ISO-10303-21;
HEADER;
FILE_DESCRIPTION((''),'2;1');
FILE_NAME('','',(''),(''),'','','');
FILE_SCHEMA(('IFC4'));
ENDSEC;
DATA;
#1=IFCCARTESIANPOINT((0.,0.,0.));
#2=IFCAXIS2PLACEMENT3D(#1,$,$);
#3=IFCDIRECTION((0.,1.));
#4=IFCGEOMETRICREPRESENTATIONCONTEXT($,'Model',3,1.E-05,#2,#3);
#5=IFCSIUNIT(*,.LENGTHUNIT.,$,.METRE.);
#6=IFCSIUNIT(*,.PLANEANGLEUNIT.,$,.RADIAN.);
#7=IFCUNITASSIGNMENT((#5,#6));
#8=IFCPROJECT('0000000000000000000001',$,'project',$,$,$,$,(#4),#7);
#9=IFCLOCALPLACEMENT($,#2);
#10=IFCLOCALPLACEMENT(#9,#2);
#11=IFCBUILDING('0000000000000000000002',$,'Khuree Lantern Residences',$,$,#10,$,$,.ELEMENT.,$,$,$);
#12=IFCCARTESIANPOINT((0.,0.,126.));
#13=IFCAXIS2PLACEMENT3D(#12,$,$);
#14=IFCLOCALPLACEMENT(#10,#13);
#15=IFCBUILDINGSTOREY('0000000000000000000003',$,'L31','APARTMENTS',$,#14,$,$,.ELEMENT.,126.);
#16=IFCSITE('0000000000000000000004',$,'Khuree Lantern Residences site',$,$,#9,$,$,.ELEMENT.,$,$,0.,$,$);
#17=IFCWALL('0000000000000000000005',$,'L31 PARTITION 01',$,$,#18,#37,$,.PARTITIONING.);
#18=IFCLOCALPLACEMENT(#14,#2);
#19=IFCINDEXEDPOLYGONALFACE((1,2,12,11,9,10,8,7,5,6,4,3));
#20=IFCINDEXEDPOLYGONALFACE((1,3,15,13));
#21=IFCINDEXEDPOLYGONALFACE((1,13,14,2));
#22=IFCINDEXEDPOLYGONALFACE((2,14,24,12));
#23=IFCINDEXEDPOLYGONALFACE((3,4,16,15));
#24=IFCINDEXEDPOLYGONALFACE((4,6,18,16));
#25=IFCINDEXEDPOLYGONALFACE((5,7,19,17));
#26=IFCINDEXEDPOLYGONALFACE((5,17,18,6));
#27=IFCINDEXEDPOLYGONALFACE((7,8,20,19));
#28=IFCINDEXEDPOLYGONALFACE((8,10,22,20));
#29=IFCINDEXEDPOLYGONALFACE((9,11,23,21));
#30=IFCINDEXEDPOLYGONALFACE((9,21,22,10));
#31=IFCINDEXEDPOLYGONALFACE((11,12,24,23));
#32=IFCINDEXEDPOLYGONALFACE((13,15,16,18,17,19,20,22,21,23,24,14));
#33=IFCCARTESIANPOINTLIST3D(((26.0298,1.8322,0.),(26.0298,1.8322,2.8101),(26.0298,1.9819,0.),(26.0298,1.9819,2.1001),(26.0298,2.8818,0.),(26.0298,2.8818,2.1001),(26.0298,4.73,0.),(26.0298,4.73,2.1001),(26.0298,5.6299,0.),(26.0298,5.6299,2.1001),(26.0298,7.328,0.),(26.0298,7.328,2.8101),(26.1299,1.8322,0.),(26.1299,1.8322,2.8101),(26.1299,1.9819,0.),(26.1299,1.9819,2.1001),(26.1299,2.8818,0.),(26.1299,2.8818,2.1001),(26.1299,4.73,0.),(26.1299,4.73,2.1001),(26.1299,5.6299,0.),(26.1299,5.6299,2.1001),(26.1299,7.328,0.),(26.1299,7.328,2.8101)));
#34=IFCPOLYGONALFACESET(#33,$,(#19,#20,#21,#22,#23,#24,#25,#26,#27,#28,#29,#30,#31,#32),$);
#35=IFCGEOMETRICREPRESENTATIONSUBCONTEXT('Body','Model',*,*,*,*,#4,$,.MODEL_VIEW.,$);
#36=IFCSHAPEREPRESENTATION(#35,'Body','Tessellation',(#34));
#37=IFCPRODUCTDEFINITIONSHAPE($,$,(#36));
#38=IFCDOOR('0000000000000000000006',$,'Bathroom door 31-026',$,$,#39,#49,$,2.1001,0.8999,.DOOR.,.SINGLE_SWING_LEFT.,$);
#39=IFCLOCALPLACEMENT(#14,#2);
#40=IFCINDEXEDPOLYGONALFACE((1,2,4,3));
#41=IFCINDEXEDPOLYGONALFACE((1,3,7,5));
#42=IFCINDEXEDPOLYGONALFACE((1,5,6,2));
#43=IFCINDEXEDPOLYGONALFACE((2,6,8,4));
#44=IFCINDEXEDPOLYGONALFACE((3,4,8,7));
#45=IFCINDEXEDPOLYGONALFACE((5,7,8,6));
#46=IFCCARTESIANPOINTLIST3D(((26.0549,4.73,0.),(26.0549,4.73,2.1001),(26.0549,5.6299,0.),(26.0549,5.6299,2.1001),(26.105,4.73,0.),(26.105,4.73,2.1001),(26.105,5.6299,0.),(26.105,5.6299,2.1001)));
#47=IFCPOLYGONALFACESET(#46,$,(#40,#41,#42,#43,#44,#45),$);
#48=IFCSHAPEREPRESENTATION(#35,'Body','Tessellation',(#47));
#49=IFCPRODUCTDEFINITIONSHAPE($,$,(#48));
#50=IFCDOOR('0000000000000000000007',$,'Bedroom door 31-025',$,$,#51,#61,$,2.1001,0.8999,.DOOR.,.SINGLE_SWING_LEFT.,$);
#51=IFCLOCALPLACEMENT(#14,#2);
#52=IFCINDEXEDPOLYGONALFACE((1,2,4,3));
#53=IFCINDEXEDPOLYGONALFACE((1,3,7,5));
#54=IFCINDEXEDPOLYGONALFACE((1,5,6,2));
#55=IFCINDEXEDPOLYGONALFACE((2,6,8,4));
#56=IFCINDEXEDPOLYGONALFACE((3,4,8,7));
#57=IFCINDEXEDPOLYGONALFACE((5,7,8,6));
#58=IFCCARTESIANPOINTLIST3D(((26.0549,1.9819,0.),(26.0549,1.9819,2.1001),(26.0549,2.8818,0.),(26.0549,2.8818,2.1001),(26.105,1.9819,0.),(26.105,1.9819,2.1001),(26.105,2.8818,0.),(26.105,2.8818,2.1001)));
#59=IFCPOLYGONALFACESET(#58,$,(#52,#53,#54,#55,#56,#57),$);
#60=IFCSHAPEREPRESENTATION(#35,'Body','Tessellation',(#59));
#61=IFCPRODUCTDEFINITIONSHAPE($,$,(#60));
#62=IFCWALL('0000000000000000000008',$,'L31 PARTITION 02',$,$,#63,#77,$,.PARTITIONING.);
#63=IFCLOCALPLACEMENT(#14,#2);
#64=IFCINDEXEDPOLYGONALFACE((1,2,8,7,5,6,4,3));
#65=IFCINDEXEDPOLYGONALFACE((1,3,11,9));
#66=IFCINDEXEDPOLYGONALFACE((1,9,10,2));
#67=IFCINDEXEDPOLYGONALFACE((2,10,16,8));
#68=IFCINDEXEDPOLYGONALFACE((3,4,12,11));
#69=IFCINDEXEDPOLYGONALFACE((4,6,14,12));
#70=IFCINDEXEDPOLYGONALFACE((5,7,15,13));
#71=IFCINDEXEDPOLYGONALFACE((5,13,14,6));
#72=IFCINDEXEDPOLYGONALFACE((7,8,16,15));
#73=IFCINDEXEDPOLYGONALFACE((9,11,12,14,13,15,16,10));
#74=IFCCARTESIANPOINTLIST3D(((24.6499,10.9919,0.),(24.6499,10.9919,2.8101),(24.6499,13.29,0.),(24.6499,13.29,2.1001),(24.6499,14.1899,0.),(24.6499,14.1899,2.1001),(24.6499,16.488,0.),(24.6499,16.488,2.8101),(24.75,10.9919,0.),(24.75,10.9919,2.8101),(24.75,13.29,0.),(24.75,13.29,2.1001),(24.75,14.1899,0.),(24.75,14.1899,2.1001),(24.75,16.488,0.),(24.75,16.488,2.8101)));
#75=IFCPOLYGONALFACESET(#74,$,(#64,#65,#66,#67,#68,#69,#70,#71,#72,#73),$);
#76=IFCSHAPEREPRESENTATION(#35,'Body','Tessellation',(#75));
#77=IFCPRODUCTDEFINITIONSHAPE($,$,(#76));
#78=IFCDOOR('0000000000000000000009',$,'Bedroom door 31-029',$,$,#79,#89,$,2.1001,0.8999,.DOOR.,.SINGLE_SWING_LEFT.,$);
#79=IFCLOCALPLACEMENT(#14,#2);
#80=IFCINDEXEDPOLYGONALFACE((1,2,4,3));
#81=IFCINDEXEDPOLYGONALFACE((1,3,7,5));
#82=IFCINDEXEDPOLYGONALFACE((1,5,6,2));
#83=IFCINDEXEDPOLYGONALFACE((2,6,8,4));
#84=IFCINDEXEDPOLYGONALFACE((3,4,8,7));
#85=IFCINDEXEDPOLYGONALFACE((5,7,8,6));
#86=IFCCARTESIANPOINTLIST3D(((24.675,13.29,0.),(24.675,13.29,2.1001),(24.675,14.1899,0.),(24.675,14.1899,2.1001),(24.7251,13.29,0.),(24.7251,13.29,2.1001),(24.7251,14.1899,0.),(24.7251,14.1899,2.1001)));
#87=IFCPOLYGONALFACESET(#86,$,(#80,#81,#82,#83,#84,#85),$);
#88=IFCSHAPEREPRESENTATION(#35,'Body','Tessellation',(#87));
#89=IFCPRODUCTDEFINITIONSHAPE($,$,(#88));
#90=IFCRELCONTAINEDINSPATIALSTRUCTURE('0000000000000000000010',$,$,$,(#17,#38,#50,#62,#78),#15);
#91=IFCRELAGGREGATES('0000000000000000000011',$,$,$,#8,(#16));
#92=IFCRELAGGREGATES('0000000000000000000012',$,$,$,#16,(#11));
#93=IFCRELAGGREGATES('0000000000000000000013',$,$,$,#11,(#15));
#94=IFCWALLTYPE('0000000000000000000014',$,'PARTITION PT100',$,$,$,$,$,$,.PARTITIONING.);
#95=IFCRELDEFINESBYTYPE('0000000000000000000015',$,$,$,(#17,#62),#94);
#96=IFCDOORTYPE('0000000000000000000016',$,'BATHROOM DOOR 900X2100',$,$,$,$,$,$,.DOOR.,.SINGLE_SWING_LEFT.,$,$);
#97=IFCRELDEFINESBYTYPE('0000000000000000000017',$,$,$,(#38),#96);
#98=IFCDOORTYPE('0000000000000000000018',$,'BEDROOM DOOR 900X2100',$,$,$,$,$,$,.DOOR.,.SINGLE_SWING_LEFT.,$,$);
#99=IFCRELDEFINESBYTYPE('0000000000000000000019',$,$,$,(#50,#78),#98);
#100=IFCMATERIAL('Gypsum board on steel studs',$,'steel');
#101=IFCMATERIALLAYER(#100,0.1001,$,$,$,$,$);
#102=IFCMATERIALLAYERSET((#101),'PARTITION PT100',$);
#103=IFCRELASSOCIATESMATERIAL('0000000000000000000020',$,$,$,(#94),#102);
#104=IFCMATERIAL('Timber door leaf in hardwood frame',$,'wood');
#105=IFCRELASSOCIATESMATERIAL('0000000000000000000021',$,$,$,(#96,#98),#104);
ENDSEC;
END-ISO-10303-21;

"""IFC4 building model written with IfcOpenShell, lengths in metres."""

from ifc_helpers import new_model, si_unit, direction, frame, frame_2d, origin, place, context, subcontext, project, spatial, rectangle, extrude, material, layer, layer_set, type_object, element, fill, save


model = new_model("IFC4")

# Units and contexts
model_context = context("Model", 3, precision=1e-05, world=origin(), true_north=direction((0.0, 1.0)))
body_context = subcontext(model_context, "Body", "Model", "MODEL_VIEW")
ifc_project = project(units=[si_unit("LENGTHUNIT", "METRE"), si_unit("PLANEANGLEUNIT", "RADIAN")], contexts=[model_context])

# Site, building, storey
site_placement = place(None, origin())
site = spatial("IfcSite", under=ifc_project, at=site_placement, Name="Khuree Lantern Residences site", CompositionType="ELEMENT", RefElevation=0.0)
building_placement = place(site_placement, origin())
building = spatial("IfcBuilding", under=site, at=building_placement, Name="Khuree Lantern Residences", CompositionType="ELEMENT")
storey_placement = place(building_placement, frame((0.0, 0.0, 126.0)))
storey = spatial("IfcBuildingStorey", under=building, at=storey_placement, Name="L31", Description="APARTMENTS", CompositionType="ELEMENT", Elevation=126.0)

# Shared definitions
ifc_material_1 = material(Name="Gypsum board on steel studs", Category="steel")
ifc_layer_1 = layer(ifc_material_1, 0.1001)
ifc_layer_set_1 = layer_set([ifc_layer_1], Name="PARTITION PT100")
wall_type = type_object("IfcWallType", Name="PARTITION PT100", PredefinedType="PARTITIONING", material=ifc_layer_set_1)

# Wall, openings, doors
wall_1_placement = place(storey_placement, frame((26.0798, 1.832, 0.0), z_axis=(0.0, 0.0, 1.0), x_axis=(0.0, 1.0, 0.0)))
wall_1 = element("IfcWall", 1, at=wall_1_placement, inside=storey, type_object=wall_type, Name="L31 PARTITION 01", PredefinedType="PARTITIONING", context=body_context, shape_type="SweptSolid", body=[
    extrude(rectangle(XDim=5.4958, YDim=0.1001, at=frame_2d((2.748, 0.0))), origin(), (0.0, 0.0, 1.0), 2.8101),
])
opening_1_placement = place(wall_1_placement, frame((0.1499, 0.0, 0.0)))
opening_1 = element("IfcOpeningElement", 2, at=opening_1_placement, cuts=wall_1, PredefinedType="OPENING", context=body_context, shape_type="SweptSolid", body=[
    extrude(rectangle(XDim=0.8999, YDim=2.1001, at=frame_2d((0.45, 1.05))), frame((0.0, 0.0601, 0.0), z_axis=(0.0, -1.0, 0.0), x_axis=(1.0, 0.0, 0.0)), (0.0, 0.0, 1.0), 0.1201),
])
opening_2_placement = place(wall_1_placement, frame((2.8979, 0.0, 0.0)))
opening_2 = element("IfcOpeningElement", 3, at=opening_2_placement, cuts=wall_1, PredefinedType="OPENING", context=body_context, shape_type="SweptSolid", body=[
    extrude(rectangle(XDim=0.8999, YDim=2.1001, at=frame_2d((0.45, 1.05))), frame((0.0, 0.0601, 0.0), z_axis=(0.0, -1.0, 0.0), x_axis=(1.0, 0.0, 0.0)), (0.0, 0.0, 1.0), 0.1201),
])
ifc_material_2 = material(Name="Timber door leaf in hardwood frame", Category="wood")
door_type_1 = type_object("IfcDoorType", Name="BATHROOM DOOR 900X2100", OperationType="SINGLE_SWING_LEFT", PredefinedType="DOOR", material=ifc_material_2)
door_1_placement = place(opening_2_placement, origin())
door_1 = element("IfcDoor", 4, at=door_1_placement, inside=storey, type_object=door_type_1, Name="Bathroom door 31-026", OperationType="SINGLE_SWING_LEFT", OverallHeight=2.1001, OverallWidth=0.8999, PredefinedType="DOOR", context=body_context, shape_type="SweptSolid", body=[
    extrude(rectangle(XDim=0.8999, YDim=2.1001, at=frame_2d((0.45, 1.05))), frame((0.0, 0.0249, 0.0), z_axis=(0.0, -1.0, 0.0), x_axis=(1.0, 0.0, 0.0)), (0.0, 0.0, 1.0), 0.05),
])
fill(opening_2, door_1)
door_type_2 = type_object("IfcDoorType", Name="BEDROOM DOOR 900X2100", OperationType="SINGLE_SWING_LEFT", PredefinedType="DOOR", material=ifc_material_2)
door_2_placement = place(opening_1_placement, origin())
door_2 = element("IfcDoor", 5, at=door_2_placement, inside=storey, type_object=door_type_2, Name="Bedroom door 31-025", OperationType="SINGLE_SWING_LEFT", OverallHeight=2.1001, OverallWidth=0.8999, PredefinedType="DOOR", context=body_context, shape_type="SweptSolid", body=[
    extrude(rectangle(XDim=0.8999, YDim=2.1001, at=frame_2d((0.45, 1.05))), frame((0.0, 0.0249, 0.0), z_axis=(0.0, -1.0, 0.0), x_axis=(1.0, 0.0, 0.0)), (0.0, 0.0, 1.0), 0.05),
])
fill(opening_1, door_2)

# Wall, opening, door
wall_2_placement = place(storey_placement, frame((24.7, 10.9919, 0.0), z_axis=(0.0, 0.0, 1.0), x_axis=(0.0, 1.0, 0.0)))
wall_2 = element("IfcWall", 6, at=wall_2_placement, inside=storey, type_object=wall_type, Name="L31 PARTITION 02", PredefinedType="PARTITIONING", context=body_context, shape_type="SweptSolid", body=[
    extrude(rectangle(XDim=5.4961, YDim=0.1001, at=frame_2d((2.748, 0.0))), origin(), (0.0, 0.0, 1.0), 2.8101),
])
opening_3_placement = place(wall_2_placement, frame((2.2981, 0.0, 0.0)))
opening_3 = element("IfcOpeningElement", 7, at=opening_3_placement, cuts=wall_2, PredefinedType="OPENING", context=body_context, shape_type="SweptSolid", body=[
    extrude(rectangle(XDim=0.8999, YDim=2.1001, at=frame_2d((0.45, 1.05))), frame((0.0, 0.0601, 0.0), z_axis=(0.0, -1.0, 0.0), x_axis=(1.0, 0.0, 0.0)), (0.0, 0.0, 1.0), 0.1201),
])
door_3_placement = place(opening_3_placement, origin())
door_3 = element("IfcDoor", 8, at=door_3_placement, inside=storey, type_object=door_type_2, Name="Bedroom door 31-029", OperationType="SINGLE_SWING_LEFT", OverallHeight=2.1001, OverallWidth=0.8999, PredefinedType="DOOR", context=body_context, shape_type="SweptSolid", body=[
    extrude(rectangle(XDim=0.8999, YDim=2.1001, at=frame_2d((0.45, 1.05))), frame((0.0, 0.0249, 0.0), z_axis=(0.0, -1.0, 0.0), x_axis=(1.0, 0.0, 0.0)), (0.0, 0.0, 1.0), 0.05),
])
fill(opening_3, door_3)

save(model, "model.ifc")
